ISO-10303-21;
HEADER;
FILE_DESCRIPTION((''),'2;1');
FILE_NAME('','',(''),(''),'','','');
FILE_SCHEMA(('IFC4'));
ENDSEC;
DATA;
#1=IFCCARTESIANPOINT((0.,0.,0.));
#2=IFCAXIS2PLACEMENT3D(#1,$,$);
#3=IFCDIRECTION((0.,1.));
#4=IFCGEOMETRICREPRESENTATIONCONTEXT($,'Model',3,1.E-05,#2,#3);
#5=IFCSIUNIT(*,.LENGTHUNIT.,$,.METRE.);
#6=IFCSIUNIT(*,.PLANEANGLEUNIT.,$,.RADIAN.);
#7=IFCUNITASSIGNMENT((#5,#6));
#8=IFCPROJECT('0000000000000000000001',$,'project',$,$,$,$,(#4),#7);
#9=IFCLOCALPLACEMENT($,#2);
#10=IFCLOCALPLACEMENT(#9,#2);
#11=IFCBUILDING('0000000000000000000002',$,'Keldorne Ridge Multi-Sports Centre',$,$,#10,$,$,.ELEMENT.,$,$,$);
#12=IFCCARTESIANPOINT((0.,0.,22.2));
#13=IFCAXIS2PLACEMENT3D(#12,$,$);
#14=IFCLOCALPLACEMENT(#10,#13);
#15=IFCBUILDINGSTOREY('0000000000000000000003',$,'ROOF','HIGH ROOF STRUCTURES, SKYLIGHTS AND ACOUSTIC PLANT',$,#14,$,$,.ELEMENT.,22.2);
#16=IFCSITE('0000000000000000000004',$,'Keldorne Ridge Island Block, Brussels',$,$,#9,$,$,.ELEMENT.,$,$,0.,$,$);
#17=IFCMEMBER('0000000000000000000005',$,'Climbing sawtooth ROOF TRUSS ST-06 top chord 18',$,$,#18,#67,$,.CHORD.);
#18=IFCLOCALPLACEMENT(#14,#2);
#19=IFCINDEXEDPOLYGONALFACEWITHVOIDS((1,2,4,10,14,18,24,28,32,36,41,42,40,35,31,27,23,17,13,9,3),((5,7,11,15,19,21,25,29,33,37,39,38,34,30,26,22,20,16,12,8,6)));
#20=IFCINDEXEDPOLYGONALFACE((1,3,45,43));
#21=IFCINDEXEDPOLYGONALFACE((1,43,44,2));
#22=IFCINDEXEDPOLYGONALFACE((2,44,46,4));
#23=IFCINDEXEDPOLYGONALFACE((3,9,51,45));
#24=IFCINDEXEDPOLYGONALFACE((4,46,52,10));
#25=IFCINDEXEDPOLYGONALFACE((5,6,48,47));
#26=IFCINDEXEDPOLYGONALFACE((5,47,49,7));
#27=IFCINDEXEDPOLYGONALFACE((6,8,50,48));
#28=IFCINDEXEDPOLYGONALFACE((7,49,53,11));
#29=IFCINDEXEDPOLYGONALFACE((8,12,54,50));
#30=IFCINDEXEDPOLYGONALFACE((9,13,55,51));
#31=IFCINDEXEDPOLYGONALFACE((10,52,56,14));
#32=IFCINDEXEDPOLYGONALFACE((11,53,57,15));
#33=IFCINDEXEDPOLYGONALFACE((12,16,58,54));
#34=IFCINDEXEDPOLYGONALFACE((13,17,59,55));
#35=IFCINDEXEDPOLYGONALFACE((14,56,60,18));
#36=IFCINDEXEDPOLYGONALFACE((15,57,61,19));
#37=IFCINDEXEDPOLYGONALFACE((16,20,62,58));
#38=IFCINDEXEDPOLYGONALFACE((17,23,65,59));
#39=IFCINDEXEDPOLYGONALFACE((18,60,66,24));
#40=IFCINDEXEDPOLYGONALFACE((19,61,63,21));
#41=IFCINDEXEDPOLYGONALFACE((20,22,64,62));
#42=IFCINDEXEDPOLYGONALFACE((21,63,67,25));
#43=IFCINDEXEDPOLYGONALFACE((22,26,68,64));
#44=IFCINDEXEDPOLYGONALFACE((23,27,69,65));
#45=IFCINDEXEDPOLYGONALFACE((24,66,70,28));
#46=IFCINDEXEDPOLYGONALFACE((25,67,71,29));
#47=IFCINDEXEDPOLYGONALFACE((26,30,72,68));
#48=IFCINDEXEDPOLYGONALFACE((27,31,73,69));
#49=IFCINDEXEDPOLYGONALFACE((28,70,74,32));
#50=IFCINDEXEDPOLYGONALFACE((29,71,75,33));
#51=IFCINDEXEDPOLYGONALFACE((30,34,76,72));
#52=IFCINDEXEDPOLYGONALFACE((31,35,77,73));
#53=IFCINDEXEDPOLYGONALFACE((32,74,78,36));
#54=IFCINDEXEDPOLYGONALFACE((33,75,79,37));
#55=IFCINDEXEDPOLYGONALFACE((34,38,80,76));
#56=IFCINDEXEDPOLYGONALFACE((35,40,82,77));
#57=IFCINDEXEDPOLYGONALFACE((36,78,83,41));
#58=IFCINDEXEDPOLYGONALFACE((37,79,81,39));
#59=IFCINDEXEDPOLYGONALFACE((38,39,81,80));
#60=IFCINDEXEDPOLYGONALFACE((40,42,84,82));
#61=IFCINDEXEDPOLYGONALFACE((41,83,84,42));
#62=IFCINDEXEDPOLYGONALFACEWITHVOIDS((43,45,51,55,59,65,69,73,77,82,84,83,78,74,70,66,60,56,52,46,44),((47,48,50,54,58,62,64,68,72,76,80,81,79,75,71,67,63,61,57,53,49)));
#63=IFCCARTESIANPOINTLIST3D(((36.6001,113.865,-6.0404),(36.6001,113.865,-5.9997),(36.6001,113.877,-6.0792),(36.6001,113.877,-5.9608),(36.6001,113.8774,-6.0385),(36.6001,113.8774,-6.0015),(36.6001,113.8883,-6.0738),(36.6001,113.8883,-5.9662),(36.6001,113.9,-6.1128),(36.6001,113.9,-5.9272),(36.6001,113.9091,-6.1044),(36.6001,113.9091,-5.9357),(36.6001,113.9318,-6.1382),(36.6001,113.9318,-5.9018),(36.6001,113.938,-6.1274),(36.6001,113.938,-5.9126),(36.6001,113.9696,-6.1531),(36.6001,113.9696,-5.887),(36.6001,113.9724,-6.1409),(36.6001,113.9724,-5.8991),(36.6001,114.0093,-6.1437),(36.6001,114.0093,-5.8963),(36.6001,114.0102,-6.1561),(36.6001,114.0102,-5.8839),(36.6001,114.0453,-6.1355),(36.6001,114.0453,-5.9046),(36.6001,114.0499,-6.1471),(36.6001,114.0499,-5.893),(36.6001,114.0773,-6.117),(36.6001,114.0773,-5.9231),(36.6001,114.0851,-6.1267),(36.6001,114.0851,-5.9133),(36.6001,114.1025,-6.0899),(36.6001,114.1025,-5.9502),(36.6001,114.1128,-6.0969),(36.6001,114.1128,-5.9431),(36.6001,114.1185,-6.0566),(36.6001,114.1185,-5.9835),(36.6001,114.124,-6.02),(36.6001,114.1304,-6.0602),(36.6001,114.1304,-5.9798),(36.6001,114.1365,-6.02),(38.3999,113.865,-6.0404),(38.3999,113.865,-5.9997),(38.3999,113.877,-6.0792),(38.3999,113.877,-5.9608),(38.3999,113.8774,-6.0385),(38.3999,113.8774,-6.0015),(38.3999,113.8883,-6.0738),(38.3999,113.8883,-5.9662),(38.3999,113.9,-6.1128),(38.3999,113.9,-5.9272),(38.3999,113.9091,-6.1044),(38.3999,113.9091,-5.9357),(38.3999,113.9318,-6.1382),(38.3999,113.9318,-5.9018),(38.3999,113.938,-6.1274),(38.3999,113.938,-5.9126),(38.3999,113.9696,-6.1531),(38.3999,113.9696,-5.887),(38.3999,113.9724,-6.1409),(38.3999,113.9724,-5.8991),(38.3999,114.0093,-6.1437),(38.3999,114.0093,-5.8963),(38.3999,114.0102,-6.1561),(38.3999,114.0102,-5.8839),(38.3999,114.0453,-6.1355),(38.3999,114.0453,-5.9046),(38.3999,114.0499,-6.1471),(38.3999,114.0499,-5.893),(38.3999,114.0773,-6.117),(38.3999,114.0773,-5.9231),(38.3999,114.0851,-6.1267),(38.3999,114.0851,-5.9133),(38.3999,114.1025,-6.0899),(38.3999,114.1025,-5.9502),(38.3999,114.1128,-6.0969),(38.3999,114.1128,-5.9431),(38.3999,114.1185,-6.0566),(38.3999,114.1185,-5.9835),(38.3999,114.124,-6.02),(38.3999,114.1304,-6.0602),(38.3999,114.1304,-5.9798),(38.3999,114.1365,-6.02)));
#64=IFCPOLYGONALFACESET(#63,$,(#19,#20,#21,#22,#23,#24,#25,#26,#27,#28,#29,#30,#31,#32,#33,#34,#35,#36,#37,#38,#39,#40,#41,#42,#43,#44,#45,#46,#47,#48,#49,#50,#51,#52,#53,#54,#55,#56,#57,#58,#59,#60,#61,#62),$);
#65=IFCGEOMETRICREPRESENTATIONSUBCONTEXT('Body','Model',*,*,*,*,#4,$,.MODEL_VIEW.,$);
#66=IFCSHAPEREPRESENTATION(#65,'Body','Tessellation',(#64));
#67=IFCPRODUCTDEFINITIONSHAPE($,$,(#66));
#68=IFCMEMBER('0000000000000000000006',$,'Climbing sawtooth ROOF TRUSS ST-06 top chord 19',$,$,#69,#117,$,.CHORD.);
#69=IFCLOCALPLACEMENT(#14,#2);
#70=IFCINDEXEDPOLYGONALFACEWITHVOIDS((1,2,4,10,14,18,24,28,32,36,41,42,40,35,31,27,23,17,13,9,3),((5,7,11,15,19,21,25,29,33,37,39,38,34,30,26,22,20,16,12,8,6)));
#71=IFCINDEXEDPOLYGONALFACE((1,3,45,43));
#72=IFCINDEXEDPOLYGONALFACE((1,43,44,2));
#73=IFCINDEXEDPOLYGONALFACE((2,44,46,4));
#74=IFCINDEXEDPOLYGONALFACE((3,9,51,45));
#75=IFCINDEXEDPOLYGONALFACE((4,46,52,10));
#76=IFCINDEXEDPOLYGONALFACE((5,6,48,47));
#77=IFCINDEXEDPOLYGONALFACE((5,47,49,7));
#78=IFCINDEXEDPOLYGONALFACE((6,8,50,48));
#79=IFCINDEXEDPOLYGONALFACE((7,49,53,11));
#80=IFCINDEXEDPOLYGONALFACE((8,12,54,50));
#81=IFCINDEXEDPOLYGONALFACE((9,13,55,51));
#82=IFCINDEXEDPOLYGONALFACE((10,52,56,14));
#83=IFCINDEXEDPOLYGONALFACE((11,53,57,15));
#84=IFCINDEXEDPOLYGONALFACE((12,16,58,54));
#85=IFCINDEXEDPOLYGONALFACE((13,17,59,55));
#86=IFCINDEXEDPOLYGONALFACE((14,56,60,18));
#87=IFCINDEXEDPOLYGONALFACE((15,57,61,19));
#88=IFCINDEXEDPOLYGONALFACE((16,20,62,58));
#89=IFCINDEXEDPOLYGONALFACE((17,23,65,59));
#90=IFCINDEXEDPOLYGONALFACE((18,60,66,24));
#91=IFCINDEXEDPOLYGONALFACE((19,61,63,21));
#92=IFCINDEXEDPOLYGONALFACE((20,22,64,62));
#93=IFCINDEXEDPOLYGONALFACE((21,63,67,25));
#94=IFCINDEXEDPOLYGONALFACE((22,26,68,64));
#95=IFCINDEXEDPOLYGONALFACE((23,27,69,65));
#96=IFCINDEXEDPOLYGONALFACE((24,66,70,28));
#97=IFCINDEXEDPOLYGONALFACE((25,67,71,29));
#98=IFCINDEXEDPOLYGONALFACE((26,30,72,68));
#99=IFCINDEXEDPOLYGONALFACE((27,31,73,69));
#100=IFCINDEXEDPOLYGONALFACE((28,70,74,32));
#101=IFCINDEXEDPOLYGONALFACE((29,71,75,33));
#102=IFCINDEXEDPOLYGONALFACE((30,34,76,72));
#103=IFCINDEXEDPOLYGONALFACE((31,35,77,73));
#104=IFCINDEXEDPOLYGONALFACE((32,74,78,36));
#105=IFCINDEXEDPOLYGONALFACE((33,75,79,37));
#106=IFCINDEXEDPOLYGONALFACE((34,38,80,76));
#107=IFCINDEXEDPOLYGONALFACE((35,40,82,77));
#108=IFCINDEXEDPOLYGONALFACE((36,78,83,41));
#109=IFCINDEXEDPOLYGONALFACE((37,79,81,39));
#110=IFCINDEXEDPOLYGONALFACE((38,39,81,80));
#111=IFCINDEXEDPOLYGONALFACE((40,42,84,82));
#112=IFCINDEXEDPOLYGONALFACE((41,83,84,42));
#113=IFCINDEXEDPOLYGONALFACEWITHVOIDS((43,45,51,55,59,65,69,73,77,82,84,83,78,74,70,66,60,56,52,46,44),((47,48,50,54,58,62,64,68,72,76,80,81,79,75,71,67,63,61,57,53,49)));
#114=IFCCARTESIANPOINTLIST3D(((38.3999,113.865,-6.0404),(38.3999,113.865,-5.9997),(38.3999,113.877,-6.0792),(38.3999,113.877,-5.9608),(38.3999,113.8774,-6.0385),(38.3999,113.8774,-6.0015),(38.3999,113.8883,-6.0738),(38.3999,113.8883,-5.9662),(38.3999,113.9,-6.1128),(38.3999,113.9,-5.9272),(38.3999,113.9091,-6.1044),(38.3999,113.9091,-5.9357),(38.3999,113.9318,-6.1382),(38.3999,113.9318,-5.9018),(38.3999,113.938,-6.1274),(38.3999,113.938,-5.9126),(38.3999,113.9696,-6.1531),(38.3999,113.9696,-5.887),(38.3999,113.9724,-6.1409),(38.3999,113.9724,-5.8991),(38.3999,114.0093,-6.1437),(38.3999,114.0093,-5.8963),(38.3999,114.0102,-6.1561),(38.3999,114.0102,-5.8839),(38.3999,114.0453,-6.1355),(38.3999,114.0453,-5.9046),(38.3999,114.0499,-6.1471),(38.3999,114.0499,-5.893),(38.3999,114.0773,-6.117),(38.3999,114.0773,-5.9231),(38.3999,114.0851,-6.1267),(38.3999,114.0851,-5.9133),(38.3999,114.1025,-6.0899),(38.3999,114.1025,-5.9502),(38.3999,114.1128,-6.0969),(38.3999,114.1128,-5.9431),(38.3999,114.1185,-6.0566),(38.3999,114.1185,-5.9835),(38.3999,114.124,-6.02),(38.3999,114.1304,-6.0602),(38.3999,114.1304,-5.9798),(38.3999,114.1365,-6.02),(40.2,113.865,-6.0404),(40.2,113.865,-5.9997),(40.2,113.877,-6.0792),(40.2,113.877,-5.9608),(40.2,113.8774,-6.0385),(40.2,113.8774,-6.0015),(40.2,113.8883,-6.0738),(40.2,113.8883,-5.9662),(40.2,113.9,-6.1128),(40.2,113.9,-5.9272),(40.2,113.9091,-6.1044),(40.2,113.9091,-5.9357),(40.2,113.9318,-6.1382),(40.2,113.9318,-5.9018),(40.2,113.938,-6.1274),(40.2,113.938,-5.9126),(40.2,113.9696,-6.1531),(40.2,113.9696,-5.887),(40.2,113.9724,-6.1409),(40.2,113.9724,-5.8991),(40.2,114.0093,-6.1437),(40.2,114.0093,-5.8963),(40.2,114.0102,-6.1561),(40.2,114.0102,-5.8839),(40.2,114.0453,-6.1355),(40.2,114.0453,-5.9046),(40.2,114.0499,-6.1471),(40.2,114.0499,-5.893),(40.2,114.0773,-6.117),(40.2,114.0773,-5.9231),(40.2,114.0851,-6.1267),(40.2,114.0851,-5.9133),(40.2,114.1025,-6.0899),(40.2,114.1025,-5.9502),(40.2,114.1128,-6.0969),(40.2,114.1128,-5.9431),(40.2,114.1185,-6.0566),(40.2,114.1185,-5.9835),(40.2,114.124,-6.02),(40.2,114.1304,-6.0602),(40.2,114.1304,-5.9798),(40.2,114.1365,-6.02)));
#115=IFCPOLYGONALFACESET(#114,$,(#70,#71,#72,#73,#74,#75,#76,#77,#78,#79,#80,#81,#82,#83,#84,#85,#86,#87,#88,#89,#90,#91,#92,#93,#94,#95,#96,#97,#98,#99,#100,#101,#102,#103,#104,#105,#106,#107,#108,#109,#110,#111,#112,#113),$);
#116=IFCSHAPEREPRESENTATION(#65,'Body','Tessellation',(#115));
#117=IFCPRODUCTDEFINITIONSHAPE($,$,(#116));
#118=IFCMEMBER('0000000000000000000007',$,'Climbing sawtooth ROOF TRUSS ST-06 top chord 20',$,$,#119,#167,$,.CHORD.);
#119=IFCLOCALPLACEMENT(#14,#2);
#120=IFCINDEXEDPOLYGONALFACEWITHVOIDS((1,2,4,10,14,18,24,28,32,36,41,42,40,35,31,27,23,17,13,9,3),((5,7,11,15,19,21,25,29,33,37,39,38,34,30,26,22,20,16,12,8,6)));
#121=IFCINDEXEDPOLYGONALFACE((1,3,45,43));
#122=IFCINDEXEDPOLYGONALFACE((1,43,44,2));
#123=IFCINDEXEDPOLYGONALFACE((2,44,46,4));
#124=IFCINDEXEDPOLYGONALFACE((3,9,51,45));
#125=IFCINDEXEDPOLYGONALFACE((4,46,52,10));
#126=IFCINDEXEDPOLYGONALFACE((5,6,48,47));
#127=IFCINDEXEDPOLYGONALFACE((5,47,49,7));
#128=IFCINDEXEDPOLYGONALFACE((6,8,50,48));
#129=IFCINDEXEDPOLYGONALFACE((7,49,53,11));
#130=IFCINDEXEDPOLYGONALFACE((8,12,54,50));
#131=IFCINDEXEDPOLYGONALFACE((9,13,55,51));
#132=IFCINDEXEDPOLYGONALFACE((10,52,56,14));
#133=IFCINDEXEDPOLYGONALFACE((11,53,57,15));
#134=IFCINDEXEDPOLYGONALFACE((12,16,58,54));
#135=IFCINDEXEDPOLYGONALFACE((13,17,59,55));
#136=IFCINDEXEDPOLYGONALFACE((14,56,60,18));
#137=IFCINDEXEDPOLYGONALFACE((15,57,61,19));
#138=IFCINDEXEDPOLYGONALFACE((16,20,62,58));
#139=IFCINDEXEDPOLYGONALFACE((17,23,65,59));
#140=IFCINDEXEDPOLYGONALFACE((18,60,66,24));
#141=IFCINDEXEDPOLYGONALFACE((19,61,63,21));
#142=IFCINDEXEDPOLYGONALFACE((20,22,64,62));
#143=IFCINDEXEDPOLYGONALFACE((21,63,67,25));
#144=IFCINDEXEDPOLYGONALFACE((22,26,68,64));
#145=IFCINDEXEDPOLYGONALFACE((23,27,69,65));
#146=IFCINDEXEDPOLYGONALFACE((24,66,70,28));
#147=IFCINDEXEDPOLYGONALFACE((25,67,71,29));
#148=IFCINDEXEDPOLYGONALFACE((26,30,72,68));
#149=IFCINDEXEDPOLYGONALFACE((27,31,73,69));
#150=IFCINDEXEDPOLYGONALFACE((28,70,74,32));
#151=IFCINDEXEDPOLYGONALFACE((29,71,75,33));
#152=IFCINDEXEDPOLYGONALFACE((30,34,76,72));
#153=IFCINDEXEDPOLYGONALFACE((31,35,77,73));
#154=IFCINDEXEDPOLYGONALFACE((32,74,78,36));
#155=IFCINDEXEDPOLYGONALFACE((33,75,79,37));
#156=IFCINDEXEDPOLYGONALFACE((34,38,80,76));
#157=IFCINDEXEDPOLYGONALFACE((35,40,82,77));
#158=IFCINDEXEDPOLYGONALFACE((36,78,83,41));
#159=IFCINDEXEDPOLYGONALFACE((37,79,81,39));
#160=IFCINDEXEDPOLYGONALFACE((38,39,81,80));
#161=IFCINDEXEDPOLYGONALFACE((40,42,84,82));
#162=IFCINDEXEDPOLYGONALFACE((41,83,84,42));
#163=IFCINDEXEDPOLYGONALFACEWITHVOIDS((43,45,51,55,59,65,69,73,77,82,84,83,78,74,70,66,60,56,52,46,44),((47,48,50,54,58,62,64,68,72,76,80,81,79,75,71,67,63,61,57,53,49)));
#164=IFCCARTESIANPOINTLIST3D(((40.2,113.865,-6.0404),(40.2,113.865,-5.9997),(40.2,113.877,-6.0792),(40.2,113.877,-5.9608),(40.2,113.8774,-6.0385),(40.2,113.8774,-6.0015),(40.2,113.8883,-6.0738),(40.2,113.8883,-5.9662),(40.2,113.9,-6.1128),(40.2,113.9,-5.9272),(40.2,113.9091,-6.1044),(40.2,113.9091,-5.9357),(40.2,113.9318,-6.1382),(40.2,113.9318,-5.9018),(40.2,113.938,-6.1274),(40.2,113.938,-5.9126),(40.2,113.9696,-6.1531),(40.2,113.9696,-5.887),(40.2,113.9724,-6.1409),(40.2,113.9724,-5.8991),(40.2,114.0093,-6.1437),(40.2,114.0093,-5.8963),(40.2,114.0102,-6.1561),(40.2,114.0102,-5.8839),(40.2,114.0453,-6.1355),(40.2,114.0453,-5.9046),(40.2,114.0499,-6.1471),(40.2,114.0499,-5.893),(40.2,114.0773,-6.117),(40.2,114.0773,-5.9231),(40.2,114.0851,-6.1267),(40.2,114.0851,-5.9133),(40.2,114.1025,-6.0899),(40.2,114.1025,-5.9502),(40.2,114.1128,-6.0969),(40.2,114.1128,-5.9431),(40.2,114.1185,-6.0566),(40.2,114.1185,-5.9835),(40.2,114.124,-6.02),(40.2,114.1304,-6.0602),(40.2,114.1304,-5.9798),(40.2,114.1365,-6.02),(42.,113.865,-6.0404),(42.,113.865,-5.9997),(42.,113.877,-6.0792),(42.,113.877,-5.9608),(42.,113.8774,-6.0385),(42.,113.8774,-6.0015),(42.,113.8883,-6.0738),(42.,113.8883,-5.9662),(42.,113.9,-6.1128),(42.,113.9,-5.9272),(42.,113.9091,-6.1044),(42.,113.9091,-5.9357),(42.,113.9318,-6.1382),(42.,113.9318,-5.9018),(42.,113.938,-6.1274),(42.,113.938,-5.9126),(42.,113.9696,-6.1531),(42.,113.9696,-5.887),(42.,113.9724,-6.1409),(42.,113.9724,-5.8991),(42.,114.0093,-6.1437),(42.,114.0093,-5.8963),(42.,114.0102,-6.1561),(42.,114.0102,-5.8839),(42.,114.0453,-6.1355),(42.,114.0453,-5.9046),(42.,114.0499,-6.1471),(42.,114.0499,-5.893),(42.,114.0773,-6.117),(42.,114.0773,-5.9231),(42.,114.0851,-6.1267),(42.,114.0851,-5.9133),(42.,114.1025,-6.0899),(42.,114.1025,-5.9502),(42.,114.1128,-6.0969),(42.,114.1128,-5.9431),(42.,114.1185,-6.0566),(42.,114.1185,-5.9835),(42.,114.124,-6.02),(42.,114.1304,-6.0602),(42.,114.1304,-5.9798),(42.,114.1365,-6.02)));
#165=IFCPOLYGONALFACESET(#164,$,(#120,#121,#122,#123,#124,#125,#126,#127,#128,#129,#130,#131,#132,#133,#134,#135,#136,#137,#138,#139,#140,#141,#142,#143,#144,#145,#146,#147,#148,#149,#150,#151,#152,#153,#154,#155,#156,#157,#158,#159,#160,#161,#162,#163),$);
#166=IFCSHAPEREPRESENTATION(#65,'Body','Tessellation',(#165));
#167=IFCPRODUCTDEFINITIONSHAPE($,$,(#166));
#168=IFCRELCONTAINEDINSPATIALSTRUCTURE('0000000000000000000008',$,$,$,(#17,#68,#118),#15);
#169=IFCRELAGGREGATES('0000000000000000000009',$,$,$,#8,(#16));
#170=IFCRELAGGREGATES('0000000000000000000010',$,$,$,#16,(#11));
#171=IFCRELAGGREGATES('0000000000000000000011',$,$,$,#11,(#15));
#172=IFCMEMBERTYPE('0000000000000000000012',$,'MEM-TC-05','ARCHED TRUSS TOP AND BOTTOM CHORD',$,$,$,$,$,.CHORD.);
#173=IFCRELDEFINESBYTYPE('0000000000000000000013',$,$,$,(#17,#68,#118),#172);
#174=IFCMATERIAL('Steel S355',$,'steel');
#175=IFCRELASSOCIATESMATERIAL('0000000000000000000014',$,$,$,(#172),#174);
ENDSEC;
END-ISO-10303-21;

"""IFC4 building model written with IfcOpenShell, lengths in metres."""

from ifc_helpers import new_model, si_unit, direction, frame, origin, origin_2d, place, context, subcontext, project, spatial, hollow_circle, extrude, material, material_profile, profile_set, type_object, element, save


model = new_model("IFC4")

# Units and contexts
model_context = context("Model", 3, precision=1e-05, world=origin(), true_north=direction((0.0, 1.0)))
body_context = subcontext(model_context, "Body", "Model", "MODEL_VIEW")
ifc_project = project(units=[si_unit("LENGTHUNIT", "METRE"), si_unit("PLANEANGLEUNIT", "RADIAN")], contexts=[model_context])

# Site, building, storey
site_placement = place(None, origin())
site = spatial("IfcSite", under=ifc_project, at=site_placement, Name="Keldorne Ridge Island Block, Brussels", CompositionType="ELEMENT", RefElevation=0.0)
building_placement = place(site_placement, origin())
building = spatial("IfcBuilding", under=site, at=building_placement, Name="Keldorne Ridge Multi-Sports Centre", CompositionType="ELEMENT")
storey_placement = place(building_placement, frame((0.0, 0.0, 22.2)))
storey = spatial("IfcBuildingStorey", under=building, at=storey_placement, Name="ROOF", Description="HIGH ROOF STRUCTURES, SKYLIGHTS AND ACOUSTIC PLANT", CompositionType="ELEMENT", Elevation=22.2)

# Shared definitions
ifc_material_1 = material(Name="Steel S355", Category="steel")

# Members
ifc_material_profile_1 = material_profile(ifc_material_1, hollow_circle(Radius=0.1365, WallThickness=0.0125, at=origin_2d()), Name="CHS 273x12.5")
ifc_profile_set_1 = profile_set([ifc_material_profile_1], Name="Steel S355")
member_type_1 = type_object("IfcMemberType", Name="MEM-TC-05", Description="ARCHED TRUSS TOP AND BOTTOM CHORD", PredefinedType="CHORD", material=ifc_profile_set_1)
member_1_placement = place(storey_placement, frame((36.6001, 114.0, -6.02), z_axis=(1.0, 0.0, 0.0), x_axis=(0.0, 1.0, 0.0)))
element("IfcMember", 1, at=member_1_placement, inside=storey, type_object=member_type_1, Name="Climbing sawtooth ROOF TRUSS ST-06 top chord 18", PredefinedType="CHORD", context=body_context, shape_type="SweptSolid", body=[
    extrude(hollow_circle(Radius=0.1365, WallThickness=0.0125, at=origin_2d()), origin(), (0.0, 0.0, 1.0), 1.7998),
])
for number, where, z_axis, x_axis, name in (
    (2, (38.3999, 114.0, -6.02), (1.0, 0.0, 0.0), (0.0, 1.0, 0.0), "Climbing sawtooth ROOF TRUSS ST-06 top chord 19"),
    (3, (40.2, 114.0, -6.02), (1.0, 0.0, 0.0), (0.0, 1.0, 0.0), "Climbing sawtooth ROOF TRUSS ST-06 top chord 20"),
):
    element("IfcMember", number, at=place(storey_placement, frame(where, z_axis=z_axis, x_axis=x_axis)), inside=storey, type_object=member_type_1, Name=name, PredefinedType="CHORD", context=body_context, shape_type="SweptSolid", body=[
        extrude(hollow_circle(Radius=0.1365, WallThickness=0.0125, at=origin_2d()), origin(), (0.0, 0.0, 1.0), 1.8),
    ])

save(model, "model.ifc")
